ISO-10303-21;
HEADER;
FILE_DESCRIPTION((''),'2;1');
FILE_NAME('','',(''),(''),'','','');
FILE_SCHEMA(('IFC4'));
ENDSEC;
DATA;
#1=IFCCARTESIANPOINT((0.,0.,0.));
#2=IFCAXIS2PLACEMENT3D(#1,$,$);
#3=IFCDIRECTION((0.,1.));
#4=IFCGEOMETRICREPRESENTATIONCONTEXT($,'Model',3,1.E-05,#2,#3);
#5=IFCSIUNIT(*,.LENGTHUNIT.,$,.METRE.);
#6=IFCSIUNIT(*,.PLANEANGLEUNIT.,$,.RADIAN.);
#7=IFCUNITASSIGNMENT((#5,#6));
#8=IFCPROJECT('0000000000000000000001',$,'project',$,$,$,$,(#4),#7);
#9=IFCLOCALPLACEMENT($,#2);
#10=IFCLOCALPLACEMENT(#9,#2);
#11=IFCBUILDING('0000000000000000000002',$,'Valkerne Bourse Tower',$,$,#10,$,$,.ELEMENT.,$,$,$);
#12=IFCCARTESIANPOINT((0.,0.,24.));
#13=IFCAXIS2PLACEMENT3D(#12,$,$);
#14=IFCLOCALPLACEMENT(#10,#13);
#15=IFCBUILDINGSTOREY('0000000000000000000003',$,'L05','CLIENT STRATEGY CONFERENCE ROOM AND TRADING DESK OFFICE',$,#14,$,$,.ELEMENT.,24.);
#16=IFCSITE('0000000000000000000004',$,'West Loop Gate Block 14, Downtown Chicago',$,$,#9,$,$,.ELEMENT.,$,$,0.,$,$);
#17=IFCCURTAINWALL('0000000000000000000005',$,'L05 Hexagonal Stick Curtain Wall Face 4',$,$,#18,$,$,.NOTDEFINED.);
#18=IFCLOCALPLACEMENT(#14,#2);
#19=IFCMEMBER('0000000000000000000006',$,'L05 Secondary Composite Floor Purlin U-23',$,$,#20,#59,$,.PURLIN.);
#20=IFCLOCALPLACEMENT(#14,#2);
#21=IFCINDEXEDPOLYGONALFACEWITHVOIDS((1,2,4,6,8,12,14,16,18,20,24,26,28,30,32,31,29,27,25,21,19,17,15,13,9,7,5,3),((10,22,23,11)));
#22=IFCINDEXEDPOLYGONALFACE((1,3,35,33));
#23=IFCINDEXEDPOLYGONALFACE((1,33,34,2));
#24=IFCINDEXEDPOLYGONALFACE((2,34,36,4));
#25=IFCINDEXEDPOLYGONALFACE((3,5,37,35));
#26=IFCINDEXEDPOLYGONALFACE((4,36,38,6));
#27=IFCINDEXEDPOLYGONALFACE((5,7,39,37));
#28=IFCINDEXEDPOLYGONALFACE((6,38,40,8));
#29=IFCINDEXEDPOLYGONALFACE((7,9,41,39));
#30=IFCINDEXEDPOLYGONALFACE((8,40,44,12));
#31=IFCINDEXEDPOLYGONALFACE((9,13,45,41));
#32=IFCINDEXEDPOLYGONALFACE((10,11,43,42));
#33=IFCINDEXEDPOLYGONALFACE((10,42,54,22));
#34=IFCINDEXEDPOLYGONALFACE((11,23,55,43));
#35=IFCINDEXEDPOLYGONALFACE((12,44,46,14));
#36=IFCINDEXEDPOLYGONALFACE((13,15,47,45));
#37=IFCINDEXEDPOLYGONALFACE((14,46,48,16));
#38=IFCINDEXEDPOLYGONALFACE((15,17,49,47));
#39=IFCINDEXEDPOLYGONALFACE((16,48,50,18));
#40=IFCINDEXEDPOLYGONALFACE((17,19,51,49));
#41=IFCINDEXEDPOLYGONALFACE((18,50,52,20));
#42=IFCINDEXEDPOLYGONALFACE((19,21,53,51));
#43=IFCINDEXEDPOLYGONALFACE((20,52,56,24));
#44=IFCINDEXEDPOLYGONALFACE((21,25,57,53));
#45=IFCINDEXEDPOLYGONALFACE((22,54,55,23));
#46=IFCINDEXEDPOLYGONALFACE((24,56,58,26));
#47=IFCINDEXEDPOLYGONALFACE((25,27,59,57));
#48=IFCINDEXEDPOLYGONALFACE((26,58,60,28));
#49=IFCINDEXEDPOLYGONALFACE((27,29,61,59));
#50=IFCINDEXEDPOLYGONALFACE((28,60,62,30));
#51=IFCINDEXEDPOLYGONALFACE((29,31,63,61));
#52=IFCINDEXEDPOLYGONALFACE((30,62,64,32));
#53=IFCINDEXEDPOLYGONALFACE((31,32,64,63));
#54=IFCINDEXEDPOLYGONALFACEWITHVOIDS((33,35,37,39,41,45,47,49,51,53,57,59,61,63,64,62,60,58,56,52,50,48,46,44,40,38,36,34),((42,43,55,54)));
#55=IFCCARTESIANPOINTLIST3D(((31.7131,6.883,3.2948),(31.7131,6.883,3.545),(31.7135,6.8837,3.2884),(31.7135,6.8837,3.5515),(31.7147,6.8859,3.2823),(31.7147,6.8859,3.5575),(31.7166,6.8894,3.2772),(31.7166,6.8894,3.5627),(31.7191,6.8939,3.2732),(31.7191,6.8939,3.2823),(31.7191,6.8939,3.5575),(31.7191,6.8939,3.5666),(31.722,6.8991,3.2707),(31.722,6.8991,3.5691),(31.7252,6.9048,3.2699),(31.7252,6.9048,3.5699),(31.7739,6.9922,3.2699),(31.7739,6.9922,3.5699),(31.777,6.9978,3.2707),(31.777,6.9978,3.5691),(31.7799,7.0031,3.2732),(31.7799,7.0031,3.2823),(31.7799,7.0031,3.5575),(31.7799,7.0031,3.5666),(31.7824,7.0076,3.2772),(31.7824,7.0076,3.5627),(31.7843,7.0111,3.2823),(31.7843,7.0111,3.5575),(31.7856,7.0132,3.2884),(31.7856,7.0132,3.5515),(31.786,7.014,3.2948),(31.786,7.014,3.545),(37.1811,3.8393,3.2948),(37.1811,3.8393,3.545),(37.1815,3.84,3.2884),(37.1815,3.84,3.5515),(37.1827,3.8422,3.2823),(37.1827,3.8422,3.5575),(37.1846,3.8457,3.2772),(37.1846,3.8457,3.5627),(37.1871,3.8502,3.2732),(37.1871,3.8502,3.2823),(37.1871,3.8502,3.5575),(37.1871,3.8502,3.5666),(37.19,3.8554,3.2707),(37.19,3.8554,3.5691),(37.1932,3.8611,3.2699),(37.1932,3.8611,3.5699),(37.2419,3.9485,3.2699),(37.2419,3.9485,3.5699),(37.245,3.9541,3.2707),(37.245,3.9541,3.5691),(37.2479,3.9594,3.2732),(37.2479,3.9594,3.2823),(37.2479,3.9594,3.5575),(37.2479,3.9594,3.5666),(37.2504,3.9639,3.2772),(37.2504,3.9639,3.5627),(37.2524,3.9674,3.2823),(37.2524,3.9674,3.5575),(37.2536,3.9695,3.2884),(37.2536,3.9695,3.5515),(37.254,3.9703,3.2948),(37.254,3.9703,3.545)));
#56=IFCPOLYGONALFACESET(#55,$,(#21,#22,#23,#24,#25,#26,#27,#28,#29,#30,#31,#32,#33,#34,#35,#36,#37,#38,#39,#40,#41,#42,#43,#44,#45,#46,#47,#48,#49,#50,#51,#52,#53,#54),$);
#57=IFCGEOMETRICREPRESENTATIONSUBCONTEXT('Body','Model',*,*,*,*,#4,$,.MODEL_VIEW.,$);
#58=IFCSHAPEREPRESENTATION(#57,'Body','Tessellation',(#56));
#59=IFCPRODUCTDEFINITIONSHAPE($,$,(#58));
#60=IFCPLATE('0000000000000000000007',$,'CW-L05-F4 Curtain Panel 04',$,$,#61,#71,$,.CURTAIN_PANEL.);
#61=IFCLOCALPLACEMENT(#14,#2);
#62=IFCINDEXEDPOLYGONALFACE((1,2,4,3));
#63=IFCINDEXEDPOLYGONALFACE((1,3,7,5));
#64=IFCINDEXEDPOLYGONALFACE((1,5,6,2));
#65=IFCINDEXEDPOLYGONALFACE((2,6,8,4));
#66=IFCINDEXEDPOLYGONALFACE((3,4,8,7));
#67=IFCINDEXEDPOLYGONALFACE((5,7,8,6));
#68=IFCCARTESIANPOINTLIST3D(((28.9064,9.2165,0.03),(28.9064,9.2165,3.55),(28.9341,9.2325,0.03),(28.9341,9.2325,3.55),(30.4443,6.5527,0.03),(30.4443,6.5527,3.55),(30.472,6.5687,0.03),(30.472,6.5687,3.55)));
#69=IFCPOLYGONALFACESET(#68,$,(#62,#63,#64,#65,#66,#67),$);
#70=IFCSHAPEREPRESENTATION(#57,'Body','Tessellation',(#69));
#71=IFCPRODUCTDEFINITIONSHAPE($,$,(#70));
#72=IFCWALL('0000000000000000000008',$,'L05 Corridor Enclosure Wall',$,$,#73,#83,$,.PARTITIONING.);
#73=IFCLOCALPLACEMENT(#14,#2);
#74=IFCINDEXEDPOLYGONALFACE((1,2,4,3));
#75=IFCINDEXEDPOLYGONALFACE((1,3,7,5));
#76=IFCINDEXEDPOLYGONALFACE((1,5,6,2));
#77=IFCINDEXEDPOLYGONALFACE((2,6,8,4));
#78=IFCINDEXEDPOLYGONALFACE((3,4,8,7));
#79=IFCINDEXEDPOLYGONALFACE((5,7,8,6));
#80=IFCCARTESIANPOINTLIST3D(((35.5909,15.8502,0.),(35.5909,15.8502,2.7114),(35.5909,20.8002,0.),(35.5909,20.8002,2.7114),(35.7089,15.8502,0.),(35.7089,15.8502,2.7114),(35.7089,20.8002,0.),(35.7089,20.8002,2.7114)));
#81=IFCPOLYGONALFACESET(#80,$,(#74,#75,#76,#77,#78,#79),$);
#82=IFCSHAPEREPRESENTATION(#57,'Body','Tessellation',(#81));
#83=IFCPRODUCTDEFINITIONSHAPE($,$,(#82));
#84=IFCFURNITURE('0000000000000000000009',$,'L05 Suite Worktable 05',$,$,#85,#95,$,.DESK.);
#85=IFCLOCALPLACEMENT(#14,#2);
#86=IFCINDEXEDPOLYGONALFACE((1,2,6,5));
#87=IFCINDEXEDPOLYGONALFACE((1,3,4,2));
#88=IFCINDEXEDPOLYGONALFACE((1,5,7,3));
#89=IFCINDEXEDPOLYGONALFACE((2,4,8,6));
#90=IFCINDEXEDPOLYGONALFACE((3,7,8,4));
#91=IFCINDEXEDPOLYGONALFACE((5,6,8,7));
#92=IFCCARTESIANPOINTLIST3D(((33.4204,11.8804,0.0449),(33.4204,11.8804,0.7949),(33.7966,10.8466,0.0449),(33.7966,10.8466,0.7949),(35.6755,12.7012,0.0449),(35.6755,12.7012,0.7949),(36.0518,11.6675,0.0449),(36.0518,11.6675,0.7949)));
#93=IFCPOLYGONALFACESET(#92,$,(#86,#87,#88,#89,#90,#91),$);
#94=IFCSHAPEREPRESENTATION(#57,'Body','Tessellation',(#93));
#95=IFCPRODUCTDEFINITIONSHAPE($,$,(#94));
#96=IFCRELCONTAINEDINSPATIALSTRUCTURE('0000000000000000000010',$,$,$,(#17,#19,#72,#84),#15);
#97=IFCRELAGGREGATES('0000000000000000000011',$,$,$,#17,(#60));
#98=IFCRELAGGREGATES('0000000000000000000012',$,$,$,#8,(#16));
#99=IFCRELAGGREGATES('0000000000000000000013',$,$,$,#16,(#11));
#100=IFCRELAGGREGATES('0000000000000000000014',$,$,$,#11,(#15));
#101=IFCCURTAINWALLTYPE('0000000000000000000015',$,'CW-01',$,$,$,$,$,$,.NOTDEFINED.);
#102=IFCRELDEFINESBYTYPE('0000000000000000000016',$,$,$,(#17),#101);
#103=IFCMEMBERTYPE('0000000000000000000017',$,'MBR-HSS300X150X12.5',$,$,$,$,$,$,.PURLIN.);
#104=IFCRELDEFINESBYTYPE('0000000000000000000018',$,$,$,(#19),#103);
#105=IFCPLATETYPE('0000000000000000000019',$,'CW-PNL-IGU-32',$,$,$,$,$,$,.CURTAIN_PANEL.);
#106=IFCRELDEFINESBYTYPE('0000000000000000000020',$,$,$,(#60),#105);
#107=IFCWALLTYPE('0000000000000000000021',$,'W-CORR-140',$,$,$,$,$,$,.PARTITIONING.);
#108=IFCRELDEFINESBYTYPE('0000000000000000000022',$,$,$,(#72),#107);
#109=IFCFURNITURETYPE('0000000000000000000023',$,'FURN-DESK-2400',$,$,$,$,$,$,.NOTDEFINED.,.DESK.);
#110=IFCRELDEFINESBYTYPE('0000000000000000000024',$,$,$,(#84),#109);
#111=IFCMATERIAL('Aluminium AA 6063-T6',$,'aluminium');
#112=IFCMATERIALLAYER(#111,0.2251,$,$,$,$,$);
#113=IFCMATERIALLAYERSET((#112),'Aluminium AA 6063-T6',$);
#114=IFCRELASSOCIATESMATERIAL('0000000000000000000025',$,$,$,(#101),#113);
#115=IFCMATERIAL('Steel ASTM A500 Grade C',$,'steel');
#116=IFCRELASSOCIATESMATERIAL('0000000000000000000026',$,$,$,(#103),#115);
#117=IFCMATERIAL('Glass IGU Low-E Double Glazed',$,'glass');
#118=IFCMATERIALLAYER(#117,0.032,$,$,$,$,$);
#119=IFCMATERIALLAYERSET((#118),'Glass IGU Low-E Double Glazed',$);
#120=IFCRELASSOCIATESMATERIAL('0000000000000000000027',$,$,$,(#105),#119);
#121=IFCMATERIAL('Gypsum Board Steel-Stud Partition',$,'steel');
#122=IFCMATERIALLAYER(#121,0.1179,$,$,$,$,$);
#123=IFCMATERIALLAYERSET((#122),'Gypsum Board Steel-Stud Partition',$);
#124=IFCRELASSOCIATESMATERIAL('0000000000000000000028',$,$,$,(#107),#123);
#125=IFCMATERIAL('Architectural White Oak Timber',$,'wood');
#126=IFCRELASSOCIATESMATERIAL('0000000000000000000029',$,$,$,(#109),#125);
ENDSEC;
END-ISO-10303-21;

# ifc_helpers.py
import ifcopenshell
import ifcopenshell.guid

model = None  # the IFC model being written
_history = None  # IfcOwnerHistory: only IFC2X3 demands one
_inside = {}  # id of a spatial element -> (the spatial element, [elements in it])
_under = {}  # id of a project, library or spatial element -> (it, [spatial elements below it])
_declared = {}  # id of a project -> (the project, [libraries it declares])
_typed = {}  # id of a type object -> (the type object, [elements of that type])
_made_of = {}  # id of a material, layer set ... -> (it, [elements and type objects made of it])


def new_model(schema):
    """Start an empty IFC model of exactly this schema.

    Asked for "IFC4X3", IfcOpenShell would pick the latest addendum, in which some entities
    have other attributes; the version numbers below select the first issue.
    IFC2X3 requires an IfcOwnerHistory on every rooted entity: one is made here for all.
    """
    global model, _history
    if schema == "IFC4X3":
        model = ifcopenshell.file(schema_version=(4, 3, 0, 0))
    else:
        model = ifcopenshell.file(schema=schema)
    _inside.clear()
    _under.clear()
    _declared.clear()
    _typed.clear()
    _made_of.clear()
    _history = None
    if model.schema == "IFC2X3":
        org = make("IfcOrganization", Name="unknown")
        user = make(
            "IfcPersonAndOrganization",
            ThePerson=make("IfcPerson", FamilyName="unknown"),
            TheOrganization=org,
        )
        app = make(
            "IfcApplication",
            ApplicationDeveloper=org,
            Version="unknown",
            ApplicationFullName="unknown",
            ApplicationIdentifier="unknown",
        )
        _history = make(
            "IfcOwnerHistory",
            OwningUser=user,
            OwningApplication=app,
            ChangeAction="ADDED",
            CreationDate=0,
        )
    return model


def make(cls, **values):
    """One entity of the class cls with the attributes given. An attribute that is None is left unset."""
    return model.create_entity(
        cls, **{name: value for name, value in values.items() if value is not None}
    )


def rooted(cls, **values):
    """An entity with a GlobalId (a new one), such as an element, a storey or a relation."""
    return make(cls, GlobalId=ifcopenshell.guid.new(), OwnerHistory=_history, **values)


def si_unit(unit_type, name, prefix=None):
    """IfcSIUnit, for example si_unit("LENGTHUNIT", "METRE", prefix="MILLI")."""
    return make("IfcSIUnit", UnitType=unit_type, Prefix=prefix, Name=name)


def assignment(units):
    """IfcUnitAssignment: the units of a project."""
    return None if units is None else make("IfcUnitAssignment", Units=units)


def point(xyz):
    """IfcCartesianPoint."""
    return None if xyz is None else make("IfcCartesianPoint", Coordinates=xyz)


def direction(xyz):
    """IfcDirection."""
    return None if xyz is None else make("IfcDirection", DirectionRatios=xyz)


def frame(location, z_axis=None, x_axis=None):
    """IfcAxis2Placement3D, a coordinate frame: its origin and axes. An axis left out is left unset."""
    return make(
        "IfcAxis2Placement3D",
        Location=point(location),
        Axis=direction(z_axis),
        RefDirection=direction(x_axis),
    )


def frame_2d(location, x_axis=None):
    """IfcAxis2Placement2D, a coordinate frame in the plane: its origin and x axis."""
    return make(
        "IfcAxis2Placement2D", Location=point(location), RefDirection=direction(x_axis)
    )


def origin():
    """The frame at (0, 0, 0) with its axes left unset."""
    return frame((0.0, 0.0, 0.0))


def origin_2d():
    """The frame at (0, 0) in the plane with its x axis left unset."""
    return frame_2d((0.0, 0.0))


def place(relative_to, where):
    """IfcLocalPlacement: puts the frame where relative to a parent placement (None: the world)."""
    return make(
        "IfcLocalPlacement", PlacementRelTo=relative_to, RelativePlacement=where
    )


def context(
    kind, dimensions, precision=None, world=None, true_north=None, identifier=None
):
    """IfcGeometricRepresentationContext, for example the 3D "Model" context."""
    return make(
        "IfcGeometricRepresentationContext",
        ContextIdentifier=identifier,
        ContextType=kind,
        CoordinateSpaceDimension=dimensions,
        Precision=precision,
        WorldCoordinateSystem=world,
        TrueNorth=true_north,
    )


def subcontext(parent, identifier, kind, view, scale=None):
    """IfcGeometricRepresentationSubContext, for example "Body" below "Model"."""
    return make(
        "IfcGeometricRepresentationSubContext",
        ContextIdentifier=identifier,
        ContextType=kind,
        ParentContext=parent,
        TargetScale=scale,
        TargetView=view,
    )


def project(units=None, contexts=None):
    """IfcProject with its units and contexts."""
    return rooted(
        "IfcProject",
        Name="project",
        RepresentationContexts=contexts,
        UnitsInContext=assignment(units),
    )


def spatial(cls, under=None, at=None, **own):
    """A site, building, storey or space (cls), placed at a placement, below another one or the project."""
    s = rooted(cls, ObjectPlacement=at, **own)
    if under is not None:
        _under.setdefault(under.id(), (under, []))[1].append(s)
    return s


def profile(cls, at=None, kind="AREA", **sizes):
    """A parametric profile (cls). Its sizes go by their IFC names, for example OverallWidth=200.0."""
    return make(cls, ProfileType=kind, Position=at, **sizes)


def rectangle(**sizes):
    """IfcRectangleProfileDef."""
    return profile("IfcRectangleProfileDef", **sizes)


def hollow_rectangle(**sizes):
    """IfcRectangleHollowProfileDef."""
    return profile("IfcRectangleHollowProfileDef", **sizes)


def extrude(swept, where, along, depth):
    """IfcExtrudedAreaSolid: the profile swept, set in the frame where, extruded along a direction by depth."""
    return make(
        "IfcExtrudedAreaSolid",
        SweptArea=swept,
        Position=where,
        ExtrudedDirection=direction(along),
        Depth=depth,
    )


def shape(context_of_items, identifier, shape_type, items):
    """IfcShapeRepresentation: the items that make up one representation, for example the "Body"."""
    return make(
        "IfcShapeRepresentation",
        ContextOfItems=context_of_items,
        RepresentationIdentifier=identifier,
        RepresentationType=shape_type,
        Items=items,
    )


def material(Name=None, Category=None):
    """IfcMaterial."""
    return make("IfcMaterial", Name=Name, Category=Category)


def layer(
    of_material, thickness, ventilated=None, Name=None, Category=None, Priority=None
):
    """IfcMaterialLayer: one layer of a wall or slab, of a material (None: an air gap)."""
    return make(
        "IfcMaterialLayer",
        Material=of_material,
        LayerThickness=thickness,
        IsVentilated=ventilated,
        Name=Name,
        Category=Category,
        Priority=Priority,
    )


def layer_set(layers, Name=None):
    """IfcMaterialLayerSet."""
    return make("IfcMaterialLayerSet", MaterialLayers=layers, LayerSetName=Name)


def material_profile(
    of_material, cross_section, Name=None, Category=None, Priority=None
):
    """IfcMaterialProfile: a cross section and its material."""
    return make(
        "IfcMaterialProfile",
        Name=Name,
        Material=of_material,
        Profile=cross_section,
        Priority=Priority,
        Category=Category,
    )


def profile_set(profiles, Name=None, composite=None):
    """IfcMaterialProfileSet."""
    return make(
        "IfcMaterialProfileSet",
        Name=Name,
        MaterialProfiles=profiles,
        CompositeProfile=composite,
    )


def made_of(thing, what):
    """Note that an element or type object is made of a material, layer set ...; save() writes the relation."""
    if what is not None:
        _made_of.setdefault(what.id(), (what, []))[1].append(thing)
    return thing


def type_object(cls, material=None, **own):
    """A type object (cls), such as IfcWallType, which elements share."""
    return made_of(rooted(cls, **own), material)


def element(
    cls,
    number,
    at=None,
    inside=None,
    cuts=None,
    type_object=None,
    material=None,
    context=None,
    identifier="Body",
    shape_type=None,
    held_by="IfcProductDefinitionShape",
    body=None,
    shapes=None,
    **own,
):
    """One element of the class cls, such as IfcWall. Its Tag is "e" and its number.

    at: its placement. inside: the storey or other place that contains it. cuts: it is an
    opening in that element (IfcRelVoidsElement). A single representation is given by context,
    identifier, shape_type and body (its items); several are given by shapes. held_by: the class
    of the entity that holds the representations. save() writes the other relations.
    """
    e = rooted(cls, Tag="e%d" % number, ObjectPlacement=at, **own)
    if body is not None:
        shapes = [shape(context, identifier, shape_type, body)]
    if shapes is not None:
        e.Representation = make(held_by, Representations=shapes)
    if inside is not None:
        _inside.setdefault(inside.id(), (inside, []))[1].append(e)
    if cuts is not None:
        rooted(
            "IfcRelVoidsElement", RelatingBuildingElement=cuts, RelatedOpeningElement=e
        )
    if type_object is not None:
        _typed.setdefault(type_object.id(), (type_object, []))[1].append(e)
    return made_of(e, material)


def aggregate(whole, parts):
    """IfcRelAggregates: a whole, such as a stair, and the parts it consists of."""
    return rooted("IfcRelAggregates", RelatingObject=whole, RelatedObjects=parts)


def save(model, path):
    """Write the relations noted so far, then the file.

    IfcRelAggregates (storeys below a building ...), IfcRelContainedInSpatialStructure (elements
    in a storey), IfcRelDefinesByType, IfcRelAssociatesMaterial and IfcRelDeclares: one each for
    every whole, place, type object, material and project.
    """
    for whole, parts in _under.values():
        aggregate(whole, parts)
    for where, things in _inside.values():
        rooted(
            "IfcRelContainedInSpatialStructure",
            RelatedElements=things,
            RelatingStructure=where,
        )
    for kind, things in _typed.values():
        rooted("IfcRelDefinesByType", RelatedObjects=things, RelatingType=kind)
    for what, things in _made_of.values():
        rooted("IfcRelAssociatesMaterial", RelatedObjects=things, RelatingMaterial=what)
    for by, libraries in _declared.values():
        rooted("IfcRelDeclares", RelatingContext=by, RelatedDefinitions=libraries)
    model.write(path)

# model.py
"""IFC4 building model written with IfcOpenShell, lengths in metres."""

from ifc_helpers import new_model, si_unit, direction, frame, frame_2d, origin, origin_2d, place, context, subcontext, project, spatial, rectangle, hollow_rectangle, extrude, material, layer, layer_set, material_profile, profile_set, type_object, element, aggregate, save


model = new_model("IFC4")

# Units and contexts
model_context = context("Model", 3, precision=1e-05, world=origin(), true_north=direction((0.0, 1.0)))
body_context = subcontext(model_context, "Body", "Model", "MODEL_VIEW")
ifc_project = project(units=[si_unit("LENGTHUNIT", "METRE"), si_unit("PLANEANGLEUNIT", "RADIAN")], contexts=[model_context])

# Site, building, storey
site_placement = place(None, origin())
site = spatial("IfcSite", under=ifc_project, at=site_placement, Name="West Loop Gate Block 14, Downtown Chicago", CompositionType="ELEMENT", RefElevation=0.0)
building_placement = place(site_placement, origin())
building = spatial("IfcBuilding", under=site, at=building_placement, Name="Valkerne Bourse Tower", CompositionType="ELEMENT")
storey_placement = place(building_placement, frame((0.0, 0.0, 24.0)))
storey = spatial("IfcBuildingStorey", under=building, at=storey_placement, Name="L05", Description="CLIENT STRATEGY CONFERENCE ROOM AND TRADING DESK OFFICE", CompositionType="ELEMENT", Elevation=24.0)

# Curtain wall
ifc_material_1 = material(Name="Aluminium AA 6063-T6", Category="aluminium")
ifc_layer_1 = layer(ifc_material_1, 0.2251)
ifc_layer_set_1 = layer_set([ifc_layer_1], Name="Aluminium AA 6063-T6")
curtain_wall_type = type_object("IfcCurtainWallType", Name="CW-01", PredefinedType="NOTDEFINED", material=ifc_layer_set_1)
curtain_wall_placement = place(storey_placement, origin())
curtain_wall = element("IfcCurtainWall", 1, at=curtain_wall_placement, inside=storey, type_object=curtain_wall_type, Name="L05 Hexagonal Stick Curtain Wall Face 4", PredefinedType="NOTDEFINED")

# Member
ifc_material_2 = material(Name="Steel ASTM A500 Grade C", Category="steel")
ifc_material_profile_1 = material_profile(ifc_material_2, hollow_rectangle(XDim=0.1499, YDim=0.3, WallThickness=0.0125, OuterFilletRadius=0.0249, at=origin_2d()), Name="HSS300X150X12.5")
ifc_profile_set_1 = profile_set([ifc_material_profile_1], Name="Steel ASTM A500 Grade C")
member_type_1 = type_object("IfcMemberType", Name="MBR-HSS300X150X12.5", PredefinedType="PURLIN", material=ifc_profile_set_1)
member_1_placement = place(storey_placement, frame((31.7495, 6.9485, 3.4199), z_axis=(0.873756, -0.486365, 0.0), x_axis=(0.486365, 0.873756, 0.0)))
element("IfcMember", 2, at=member_1_placement, inside=storey, type_object=member_type_1, Name="L05 Secondary Composite Floor Purlin U-23", PredefinedType="PURLIN", context=body_context, shape_type="SweptSolid", body=[
    extrude(hollow_rectangle(XDim=0.1499, YDim=0.3, WallThickness=0.0125, OuterFilletRadius=0.0249, at=origin_2d()), origin(), (0.0, 0.0, 1.0), 6.2581),
])

# Plate
ifc_material_3 = material(Name="Glass IGU Low-E Double Glazed", Category="glass")
ifc_layer_2 = layer(ifc_material_3, 0.032)
ifc_layer_set_2 = layer_set([ifc_layer_2], Name="Glass IGU Low-E Double Glazed")
plate_type = type_object("IfcPlateType", Name="CW-PNL-IGU-32", PredefinedType="CURTAIN_PANEL", material=ifc_layer_set_2)
plate_placement = place(storey_placement, frame((29.6892, 7.8926, 0.03), z_axis=(0.0, 0.0, 1.0), x_axis=(0.500004, -0.866023, 0.0)))
plate = element("IfcPlate", 3, at=plate_placement, type_object=plate_type, Name="CW-L05-F4 Curtain Panel 04", PredefinedType="CURTAIN_PANEL", context=body_context, shape_type="SweptSolid", body=[
    extrude(rectangle(XDim=3.0759, YDim=0.032, at=origin_2d()), origin(), (0.0, 0.0, 1.0), 3.52),
])
aggregate(curtain_wall, [plate])

# Wall
ifc_material_4 = material(Name="Gypsum Board Steel-Stud Partition", Category="steel")
ifc_layer_3 = layer(ifc_material_4, 0.1179)
ifc_layer_set_3 = layer_set([ifc_layer_3], Name="Gypsum Board Steel-Stud Partition")
wall_type = type_object("IfcWallType", Name="W-CORR-140", PredefinedType="PARTITIONING", material=ifc_layer_set_3)
wall_placement = place(storey_placement, frame((35.6499, 15.8501, 0.0), z_axis=(0.0, 0.0, 1.0), x_axis=(0.0, 1.0, 0.0)))
element("IfcWall", 4, at=wall_placement, inside=storey, type_object=wall_type, Name="L05 Corridor Enclosure Wall", PredefinedType="PARTITIONING", context=body_context, shape_type="SweptSolid", body=[
    extrude(rectangle(XDim=4.95, YDim=0.1179, at=frame_2d((2.4751, 0.0))), origin(), (0.0, 0.0, 1.0), 2.7114),
])

# Furniture
ifc_material_5 = material(Name="Architectural White Oak Timber", Category="wood")
furniture_type = type_object("IfcFurnitureType", Name="FURN-DESK-2400", AssemblyPlace="NOTDEFINED", PredefinedType="DESK", material=ifc_material_5)
furniture_placement = place(storey_placement, frame((34.7361, 11.7739, 0.0449), z_axis=(0.0, 0.0, 1.0), x_axis=(0.939693, 0.34202, 0.0)))
element("IfcFurniture", 5, at=furniture_placement, inside=storey, type_object=furniture_type, Name="L05 Suite Worktable 05", PredefinedType="DESK", context=body_context, shape_type="SweptSolid", body=[
    extrude(rectangle(XDim=2.3999, YDim=1.1001, at=origin_2d()), origin(), (0.0, 0.0, 1.0), 0.75),
])

save(model, "model.ifc")
